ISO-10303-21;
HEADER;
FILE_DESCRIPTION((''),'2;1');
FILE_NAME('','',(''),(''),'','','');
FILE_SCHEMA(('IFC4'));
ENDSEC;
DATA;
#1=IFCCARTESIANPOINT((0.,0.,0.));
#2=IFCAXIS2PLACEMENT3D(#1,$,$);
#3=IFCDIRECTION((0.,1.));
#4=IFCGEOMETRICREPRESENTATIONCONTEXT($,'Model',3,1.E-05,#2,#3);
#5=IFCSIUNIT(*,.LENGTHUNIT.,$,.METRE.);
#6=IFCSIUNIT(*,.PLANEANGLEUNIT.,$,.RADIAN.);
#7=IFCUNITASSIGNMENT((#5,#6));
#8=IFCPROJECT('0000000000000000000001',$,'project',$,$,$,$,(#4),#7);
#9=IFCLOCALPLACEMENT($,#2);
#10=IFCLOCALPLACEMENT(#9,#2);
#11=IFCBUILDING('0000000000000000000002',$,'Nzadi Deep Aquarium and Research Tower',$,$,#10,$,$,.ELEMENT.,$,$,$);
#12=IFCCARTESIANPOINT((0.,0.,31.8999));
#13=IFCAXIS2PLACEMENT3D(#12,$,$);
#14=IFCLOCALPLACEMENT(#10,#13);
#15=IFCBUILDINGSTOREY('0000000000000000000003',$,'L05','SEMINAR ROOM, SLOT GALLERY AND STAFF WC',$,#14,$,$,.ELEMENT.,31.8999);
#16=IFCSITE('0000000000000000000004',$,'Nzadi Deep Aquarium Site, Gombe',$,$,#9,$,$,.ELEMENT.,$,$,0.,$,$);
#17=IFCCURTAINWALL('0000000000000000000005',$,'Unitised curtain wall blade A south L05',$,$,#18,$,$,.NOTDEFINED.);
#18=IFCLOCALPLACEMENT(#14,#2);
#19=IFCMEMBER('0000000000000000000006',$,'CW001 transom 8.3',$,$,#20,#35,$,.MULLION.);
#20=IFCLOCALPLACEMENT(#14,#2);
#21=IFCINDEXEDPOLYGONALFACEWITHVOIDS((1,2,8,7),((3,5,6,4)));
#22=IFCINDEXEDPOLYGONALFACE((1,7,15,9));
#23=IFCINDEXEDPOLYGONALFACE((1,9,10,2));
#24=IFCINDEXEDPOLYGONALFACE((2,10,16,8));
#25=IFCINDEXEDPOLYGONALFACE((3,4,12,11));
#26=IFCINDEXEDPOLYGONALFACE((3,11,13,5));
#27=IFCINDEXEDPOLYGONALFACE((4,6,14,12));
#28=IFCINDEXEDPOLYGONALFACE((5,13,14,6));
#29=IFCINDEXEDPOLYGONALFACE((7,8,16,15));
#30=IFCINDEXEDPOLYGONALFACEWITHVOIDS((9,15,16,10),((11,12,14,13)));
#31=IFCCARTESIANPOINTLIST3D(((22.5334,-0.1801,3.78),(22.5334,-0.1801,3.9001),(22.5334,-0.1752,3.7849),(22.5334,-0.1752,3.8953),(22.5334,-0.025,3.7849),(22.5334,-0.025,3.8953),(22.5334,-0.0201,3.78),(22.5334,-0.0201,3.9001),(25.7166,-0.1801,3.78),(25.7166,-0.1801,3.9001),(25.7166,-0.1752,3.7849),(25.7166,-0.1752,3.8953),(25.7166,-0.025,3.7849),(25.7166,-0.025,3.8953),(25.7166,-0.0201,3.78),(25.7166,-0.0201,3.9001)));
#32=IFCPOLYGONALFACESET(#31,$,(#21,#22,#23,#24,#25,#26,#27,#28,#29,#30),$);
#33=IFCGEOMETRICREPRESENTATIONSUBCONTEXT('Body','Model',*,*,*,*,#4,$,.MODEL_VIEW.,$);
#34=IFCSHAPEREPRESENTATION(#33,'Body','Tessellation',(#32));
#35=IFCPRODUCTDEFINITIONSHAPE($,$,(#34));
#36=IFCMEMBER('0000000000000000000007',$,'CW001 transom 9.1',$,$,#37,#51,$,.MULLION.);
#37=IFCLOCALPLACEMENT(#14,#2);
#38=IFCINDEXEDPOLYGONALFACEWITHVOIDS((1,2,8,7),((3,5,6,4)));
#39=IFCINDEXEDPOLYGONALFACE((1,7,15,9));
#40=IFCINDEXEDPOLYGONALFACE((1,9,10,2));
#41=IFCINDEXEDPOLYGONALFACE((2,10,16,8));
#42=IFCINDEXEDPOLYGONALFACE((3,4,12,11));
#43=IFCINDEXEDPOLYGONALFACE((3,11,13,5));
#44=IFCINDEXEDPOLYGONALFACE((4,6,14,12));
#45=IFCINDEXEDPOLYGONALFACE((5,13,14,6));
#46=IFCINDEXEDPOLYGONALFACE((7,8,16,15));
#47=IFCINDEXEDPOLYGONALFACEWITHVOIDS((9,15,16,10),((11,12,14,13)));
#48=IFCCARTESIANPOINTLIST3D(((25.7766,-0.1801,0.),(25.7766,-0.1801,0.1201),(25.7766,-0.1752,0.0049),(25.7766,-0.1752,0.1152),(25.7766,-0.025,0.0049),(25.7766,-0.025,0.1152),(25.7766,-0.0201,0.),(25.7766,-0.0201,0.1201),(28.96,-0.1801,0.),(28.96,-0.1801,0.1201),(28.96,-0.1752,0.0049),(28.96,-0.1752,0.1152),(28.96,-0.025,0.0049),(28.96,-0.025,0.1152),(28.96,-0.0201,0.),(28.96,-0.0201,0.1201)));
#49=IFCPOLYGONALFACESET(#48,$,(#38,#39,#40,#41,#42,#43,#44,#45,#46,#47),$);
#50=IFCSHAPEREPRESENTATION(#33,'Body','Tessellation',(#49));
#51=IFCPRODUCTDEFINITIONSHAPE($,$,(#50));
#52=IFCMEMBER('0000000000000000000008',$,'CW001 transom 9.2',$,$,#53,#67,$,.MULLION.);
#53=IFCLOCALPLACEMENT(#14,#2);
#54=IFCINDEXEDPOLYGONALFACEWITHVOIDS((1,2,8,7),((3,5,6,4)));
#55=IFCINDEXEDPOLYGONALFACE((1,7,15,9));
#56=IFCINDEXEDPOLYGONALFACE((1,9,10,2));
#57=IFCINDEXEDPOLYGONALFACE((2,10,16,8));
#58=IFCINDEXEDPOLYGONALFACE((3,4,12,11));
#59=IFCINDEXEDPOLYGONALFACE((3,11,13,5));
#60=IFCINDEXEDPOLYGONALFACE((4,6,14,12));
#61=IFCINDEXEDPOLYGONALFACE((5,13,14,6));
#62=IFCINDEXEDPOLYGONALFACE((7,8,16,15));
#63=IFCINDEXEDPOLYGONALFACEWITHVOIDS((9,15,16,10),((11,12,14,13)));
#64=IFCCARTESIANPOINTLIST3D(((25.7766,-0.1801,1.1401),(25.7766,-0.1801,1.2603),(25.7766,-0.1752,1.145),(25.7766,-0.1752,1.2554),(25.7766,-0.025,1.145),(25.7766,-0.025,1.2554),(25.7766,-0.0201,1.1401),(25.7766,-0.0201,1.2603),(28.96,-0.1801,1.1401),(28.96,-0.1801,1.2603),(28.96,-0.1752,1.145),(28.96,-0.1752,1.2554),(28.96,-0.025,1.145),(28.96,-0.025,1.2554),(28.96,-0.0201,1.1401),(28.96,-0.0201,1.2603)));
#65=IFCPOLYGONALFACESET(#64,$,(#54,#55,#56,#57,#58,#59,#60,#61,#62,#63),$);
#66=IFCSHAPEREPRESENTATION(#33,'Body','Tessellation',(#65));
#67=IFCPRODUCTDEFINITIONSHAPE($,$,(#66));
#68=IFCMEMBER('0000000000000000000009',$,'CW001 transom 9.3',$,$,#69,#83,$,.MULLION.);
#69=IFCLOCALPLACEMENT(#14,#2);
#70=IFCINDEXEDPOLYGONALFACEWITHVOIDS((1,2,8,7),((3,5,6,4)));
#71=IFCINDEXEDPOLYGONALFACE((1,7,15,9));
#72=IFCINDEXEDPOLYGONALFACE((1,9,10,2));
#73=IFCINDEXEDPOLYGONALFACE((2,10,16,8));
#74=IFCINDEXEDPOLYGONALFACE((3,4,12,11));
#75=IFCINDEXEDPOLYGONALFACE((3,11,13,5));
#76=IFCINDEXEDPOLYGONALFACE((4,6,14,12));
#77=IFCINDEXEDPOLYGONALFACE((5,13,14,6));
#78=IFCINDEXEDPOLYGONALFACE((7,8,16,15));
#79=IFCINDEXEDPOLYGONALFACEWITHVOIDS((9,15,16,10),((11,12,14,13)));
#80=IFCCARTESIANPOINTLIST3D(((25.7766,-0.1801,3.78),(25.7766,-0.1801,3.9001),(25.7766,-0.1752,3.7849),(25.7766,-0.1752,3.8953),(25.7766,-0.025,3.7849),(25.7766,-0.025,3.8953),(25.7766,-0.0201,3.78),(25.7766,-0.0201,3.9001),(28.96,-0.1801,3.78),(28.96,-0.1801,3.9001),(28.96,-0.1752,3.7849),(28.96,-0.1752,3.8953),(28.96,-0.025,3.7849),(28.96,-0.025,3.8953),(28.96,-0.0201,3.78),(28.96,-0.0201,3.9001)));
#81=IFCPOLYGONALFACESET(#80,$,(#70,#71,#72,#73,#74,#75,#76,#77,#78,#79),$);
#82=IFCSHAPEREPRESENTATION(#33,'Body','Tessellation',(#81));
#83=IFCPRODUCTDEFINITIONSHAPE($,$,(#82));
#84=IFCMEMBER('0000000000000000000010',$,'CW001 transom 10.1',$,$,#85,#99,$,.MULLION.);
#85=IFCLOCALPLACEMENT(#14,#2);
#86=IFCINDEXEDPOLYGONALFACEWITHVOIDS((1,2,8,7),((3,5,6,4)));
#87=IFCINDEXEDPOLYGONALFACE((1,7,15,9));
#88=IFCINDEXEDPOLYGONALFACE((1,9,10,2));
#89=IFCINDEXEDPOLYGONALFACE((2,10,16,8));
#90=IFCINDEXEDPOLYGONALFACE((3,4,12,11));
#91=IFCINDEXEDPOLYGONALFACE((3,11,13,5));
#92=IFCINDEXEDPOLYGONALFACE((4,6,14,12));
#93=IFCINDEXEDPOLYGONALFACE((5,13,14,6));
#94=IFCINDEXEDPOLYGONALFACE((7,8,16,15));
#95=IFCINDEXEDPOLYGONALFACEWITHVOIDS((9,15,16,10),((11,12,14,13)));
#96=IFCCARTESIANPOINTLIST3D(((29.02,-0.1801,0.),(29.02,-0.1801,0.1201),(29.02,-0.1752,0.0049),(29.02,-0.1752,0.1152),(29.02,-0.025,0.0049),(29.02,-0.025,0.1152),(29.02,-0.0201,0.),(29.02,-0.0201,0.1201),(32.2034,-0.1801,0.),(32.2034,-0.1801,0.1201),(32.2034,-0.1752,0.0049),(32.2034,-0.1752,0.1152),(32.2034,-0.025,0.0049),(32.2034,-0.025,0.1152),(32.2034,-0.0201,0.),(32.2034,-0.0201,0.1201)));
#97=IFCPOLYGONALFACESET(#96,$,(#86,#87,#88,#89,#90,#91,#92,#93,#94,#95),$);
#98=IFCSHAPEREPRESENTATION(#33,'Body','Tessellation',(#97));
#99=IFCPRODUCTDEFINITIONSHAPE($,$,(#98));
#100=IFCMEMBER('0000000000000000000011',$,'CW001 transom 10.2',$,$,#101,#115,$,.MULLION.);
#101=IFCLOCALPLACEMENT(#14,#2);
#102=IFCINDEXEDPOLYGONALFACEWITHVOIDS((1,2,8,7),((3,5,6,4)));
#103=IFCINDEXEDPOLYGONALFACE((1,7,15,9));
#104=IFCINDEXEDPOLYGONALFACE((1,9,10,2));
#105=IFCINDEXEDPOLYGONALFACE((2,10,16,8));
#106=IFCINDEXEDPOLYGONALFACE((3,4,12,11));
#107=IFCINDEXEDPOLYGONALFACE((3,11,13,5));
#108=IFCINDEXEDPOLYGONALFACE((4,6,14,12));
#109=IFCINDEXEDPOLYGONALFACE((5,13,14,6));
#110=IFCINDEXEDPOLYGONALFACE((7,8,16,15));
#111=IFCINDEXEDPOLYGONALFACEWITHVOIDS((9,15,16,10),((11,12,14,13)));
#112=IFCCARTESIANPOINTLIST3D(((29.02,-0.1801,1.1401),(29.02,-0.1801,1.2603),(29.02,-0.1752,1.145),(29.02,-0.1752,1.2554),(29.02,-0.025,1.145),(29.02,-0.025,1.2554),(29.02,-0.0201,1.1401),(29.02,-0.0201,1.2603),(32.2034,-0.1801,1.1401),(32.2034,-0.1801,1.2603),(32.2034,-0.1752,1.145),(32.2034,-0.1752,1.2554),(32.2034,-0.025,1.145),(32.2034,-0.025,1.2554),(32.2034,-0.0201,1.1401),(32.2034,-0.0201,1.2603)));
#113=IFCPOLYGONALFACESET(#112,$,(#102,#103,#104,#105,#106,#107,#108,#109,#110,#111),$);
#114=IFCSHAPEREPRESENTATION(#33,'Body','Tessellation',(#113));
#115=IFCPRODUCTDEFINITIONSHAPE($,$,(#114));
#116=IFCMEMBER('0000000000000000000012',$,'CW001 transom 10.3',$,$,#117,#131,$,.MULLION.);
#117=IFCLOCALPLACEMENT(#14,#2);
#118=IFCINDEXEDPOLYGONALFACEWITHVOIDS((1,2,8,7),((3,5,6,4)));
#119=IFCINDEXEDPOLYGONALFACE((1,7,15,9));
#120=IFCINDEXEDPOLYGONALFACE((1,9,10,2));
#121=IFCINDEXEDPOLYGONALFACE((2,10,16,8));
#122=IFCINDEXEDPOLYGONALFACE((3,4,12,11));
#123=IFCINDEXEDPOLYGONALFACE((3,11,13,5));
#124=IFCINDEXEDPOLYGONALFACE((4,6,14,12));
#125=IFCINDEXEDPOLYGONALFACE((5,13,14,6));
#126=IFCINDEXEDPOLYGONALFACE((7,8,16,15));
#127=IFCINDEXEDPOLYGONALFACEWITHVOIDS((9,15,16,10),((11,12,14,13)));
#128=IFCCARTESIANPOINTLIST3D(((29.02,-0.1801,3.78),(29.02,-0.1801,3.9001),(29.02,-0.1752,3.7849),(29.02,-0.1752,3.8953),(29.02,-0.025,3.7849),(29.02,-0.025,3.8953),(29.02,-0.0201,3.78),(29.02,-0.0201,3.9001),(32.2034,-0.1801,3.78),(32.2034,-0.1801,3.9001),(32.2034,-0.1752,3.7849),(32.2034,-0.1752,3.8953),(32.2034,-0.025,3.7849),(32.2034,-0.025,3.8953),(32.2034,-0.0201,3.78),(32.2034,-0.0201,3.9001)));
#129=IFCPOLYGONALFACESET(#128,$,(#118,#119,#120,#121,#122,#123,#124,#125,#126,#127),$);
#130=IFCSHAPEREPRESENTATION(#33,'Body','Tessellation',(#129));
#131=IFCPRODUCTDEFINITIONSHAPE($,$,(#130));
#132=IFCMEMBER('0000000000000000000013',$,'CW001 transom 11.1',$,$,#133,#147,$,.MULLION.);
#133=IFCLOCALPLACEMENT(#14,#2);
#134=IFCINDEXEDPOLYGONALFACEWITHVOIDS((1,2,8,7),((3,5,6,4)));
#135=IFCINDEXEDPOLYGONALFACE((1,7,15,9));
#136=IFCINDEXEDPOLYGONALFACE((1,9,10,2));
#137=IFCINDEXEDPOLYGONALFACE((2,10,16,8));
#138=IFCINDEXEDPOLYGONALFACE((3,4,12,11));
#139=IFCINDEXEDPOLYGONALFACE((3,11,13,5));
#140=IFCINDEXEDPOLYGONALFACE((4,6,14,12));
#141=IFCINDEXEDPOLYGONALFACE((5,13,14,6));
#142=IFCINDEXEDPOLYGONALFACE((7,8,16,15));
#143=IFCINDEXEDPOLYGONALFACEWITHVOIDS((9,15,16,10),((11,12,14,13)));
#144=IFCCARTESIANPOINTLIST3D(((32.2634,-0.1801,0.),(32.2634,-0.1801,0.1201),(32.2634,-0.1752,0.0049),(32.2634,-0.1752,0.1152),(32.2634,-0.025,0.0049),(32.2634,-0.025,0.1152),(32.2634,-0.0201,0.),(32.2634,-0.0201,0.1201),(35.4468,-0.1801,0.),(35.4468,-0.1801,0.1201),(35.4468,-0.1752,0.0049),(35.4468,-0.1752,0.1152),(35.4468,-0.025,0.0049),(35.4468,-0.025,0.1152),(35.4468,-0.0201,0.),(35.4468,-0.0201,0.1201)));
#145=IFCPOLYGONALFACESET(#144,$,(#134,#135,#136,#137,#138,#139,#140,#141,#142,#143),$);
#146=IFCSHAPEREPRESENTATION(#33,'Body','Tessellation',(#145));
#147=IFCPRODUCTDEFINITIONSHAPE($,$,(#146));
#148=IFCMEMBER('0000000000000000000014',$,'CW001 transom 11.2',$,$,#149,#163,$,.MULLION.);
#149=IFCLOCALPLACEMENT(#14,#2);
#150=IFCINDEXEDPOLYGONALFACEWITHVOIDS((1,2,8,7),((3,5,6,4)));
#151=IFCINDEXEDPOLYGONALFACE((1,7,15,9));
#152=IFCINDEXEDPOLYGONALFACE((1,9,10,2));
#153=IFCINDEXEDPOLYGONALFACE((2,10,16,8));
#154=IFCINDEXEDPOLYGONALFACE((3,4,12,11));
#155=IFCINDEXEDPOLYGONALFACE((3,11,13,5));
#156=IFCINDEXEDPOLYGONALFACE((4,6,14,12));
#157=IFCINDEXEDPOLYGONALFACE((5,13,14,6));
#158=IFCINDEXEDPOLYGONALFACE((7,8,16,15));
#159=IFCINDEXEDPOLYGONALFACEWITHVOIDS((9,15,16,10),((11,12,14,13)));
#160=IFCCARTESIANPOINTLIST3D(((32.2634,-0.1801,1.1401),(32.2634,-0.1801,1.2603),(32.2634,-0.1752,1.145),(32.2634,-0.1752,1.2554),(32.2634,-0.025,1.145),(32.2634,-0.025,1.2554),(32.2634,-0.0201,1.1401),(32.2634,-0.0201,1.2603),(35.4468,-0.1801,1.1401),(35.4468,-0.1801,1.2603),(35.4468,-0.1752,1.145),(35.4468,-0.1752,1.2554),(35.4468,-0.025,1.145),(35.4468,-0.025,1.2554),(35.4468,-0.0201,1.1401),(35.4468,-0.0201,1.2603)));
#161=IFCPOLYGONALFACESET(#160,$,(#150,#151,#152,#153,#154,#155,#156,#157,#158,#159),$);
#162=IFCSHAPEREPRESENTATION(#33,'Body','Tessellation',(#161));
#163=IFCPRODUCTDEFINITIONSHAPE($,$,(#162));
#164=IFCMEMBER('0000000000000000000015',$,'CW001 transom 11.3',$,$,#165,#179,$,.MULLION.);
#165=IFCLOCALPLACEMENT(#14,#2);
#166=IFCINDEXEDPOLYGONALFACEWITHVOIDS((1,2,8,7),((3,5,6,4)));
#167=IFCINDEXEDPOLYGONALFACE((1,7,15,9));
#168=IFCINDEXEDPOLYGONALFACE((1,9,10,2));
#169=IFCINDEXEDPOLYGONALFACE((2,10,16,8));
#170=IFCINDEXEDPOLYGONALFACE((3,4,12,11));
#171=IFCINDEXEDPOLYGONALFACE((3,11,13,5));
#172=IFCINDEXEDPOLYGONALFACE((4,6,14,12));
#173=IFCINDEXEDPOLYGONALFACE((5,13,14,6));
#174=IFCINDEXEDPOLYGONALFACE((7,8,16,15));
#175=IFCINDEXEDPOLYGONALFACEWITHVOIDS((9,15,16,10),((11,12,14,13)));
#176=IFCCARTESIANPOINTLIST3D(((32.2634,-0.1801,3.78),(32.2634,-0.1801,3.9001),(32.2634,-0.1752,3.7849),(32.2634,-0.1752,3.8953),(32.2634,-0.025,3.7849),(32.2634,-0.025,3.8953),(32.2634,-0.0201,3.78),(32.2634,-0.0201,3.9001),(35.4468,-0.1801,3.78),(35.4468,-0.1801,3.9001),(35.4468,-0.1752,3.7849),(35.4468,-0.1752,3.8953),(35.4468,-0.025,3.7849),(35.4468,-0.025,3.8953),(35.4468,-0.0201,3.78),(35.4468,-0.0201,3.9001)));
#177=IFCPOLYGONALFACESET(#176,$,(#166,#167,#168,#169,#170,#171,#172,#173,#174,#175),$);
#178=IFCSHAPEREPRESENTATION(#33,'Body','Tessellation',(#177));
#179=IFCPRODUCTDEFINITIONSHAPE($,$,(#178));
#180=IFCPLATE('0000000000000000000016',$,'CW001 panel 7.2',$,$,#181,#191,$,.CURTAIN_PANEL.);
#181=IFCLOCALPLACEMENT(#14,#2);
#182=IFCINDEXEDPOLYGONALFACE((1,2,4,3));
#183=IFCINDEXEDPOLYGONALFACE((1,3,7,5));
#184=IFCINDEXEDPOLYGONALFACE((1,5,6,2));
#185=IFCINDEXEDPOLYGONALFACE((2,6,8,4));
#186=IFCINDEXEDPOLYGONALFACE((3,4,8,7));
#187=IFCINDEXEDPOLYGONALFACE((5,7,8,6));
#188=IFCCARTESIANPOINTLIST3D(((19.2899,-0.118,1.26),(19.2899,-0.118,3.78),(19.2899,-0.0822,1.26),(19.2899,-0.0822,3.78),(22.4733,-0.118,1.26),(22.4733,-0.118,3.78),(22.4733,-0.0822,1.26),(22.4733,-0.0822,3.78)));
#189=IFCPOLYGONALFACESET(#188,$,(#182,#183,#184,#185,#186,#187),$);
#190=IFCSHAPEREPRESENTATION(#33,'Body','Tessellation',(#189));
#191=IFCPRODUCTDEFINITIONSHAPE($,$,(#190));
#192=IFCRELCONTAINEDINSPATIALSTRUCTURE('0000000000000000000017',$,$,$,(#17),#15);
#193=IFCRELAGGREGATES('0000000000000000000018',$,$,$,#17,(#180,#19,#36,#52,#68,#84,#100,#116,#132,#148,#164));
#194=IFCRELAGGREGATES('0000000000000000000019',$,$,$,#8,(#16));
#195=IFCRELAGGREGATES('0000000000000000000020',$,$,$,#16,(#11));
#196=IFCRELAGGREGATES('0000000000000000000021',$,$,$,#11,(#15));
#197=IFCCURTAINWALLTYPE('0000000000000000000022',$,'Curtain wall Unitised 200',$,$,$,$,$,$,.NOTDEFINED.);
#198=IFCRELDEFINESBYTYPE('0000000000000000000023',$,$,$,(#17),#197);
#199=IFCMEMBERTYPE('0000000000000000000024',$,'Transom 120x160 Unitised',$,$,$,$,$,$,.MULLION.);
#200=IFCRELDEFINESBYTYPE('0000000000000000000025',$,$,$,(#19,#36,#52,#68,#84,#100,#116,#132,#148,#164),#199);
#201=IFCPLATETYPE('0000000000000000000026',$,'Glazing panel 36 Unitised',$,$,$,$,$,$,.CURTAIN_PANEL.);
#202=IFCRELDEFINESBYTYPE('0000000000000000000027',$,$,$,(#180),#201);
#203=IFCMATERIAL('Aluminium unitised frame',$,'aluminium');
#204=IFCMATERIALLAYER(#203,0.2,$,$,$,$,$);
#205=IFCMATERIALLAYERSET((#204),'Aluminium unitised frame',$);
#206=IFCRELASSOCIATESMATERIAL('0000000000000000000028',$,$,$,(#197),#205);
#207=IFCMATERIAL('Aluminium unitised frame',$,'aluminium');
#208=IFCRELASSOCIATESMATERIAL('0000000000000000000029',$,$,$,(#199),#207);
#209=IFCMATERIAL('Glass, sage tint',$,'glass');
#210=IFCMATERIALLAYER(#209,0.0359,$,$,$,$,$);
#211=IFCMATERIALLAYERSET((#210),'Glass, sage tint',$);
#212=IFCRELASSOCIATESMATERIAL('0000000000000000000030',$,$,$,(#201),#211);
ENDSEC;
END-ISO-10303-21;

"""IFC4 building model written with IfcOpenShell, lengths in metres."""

from ifc_helpers import new_model, si_unit, direction, frame, origin, origin_2d, place, context, subcontext, project, spatial, rectangle, hollow_rectangle, extrude, material, layer, layer_set, material_profile, profile_set, type_object, element, aggregate, save


model = new_model("IFC4")

# Units and contexts
model_context = context("Model", 3, precision=1e-05, world=origin(), true_north=direction((0.0, 1.0)))
body_context = subcontext(model_context, "Body", "Model", "MODEL_VIEW")
ifc_project = project(units=[si_unit("LENGTHUNIT", "METRE"), si_unit("PLANEANGLEUNIT", "RADIAN")], contexts=[model_context])

# Site, building, storey
site_placement = place(None, origin())
site = spatial("IfcSite", under=ifc_project, at=site_placement, Name="Nzadi Deep Aquarium Site, Gombe", CompositionType="ELEMENT", RefElevation=0.0)
building_placement = place(site_placement, origin())
building = spatial("IfcBuilding", under=site, at=building_placement, Name="Nzadi Deep Aquarium and Research Tower", CompositionType="ELEMENT")
storey_placement = place(building_placement, frame((0.0, 0.0, 31.8999)))
storey = spatial("IfcBuildingStorey", under=building, at=storey_placement, Name="L05", Description="SEMINAR ROOM, SLOT GALLERY AND STAFF WC", CompositionType="ELEMENT", Elevation=31.8999)

# Curtain wall
ifc_material_1 = material(Name="Aluminium unitised frame", Category="aluminium")
ifc_layer_1 = layer(ifc_material_1, 0.2)
ifc_layer_set_1 = layer_set([ifc_layer_1], Name="Aluminium unitised frame")
curtain_wall_type = type_object("IfcCurtainWallType", Name="Curtain wall Unitised 200", PredefinedType="NOTDEFINED", material=ifc_layer_set_1)
curtain_wall_placement = place(storey_placement, origin())
curtain_wall = element("IfcCurtainWall", 1, at=curtain_wall_placement, inside=storey, type_object=curtain_wall_type, Name="Unitised curtain wall blade A south L05", PredefinedType="NOTDEFINED")

# Members
ifc_material_2 = material(Name="Aluminium unitised frame", Category="aluminium")
ifc_material_profile_1 = material_profile(ifc_material_2, hollow_rectangle(XDim=0.1599, YDim=0.1201, WallThickness=0.0049, at=origin_2d()))
ifc_profile_set_1 = profile_set([ifc_material_profile_1], Name="Aluminium unitised frame")
member_type_1 = type_object("IfcMemberType", Name="Transom 120x160 Unitised", PredefinedType="MULLION", material=ifc_profile_set_1)
member_1_placement = place(storey_placement, frame((22.5334, -0.1001, 3.8401), z_axis=(1.0, 0.0, 0.0), x_axis=(0.0, 1.0, 0.0)))
member_1 = element("IfcMember", 2, at=member_1_placement, type_object=member_type_1, Name="CW001 transom 8.3", PredefinedType="MULLION", context=body_context, shape_type="SweptSolid", body=[
    extrude(hollow_rectangle(XDim=0.1599, YDim=0.1201, WallThickness=0.0049, at=origin_2d()), origin(), (0.0, 0.0, 1.0), 3.1831),
])
member_2_placement = place(storey_placement, frame((25.7766, -0.1001, 0.0601), z_axis=(1.0, 0.0, 0.0), x_axis=(0.0, 1.0, 0.0)))
member_2 = element("IfcMember", 3, at=member_2_placement, type_object=member_type_1, Name="CW001 transom 9.1", PredefinedType="MULLION", context=body_context, shape_type="SweptSolid", body=[
    extrude(hollow_rectangle(XDim=0.1599, YDim=0.1201, WallThickness=0.0049, at=origin_2d()), origin(), (0.0, 0.0, 1.0), 3.1833),
])
member_3_placement = place(storey_placement, frame((25.7766, -0.1001, 1.2002), z_axis=(1.0, 0.0, 0.0), x_axis=(0.0, 1.0, 0.0)))
member_3 = element("IfcMember", 4, at=member_3_placement, type_object=member_type_1, Name="CW001 transom 9.2", PredefinedType="MULLION", context=body_context, shape_type="SweptSolid", body=[
    extrude(hollow_rectangle(XDim=0.1599, YDim=0.1201, WallThickness=0.0049, at=origin_2d()), origin(), (0.0, 0.0, 1.0), 3.1833),
])
member_4_placement = place(storey_placement, frame((25.7766, -0.1001, 3.8401), z_axis=(1.0, 0.0, 0.0), x_axis=(0.0, 1.0, 0.0)))
member_4 = element("IfcMember", 5, at=member_4_placement, type_object=member_type_1, Name="CW001 transom 9.3", PredefinedType="MULLION", context=body_context, shape_type="SweptSolid", body=[
    extrude(hollow_rectangle(XDim=0.1599, YDim=0.1201, WallThickness=0.0049, at=origin_2d()), origin(), (0.0, 0.0, 1.0), 3.1833),
])
member_5_placement = place(storey_placement, frame((29.02, -0.1001, 0.0601), z_axis=(1.0, 0.0, 0.0), x_axis=(0.0, 1.0, 0.0)))
member_5 = element("IfcMember", 6, at=member_5_placement, type_object=member_type_1, Name="CW001 transom 10.1", PredefinedType="MULLION", context=body_context, shape_type="SweptSolid", body=[
    extrude(hollow_rectangle(XDim=0.1599, YDim=0.1201, WallThickness=0.0049, at=origin_2d()), origin(), (0.0, 0.0, 1.0), 3.1833),
])
member_6_placement = place(storey_placement, frame((29.02, -0.1001, 1.2002), z_axis=(1.0, 0.0, 0.0), x_axis=(0.0, 1.0, 0.0)))
member_6 = element("IfcMember", 7, at=member_6_placement, type_object=member_type_1, Name="CW001 transom 10.2", PredefinedType="MULLION", context=body_context, shape_type="SweptSolid", body=[
    extrude(hollow_rectangle(XDim=0.1599, YDim=0.1201, WallThickness=0.0049, at=origin_2d()), origin(), (0.0, 0.0, 1.0), 3.1833),
])
member_7_placement = place(storey_placement, frame((29.02, -0.1001, 3.8401), z_axis=(1.0, 0.0, 0.0), x_axis=(0.0, 1.0, 0.0)))
member_7 = element("IfcMember", 8, at=member_7_placement, type_object=member_type_1, Name="CW001 transom 10.3", PredefinedType="MULLION", context=body_context, shape_type="SweptSolid", body=[
    extrude(hollow_rectangle(XDim=0.1599, YDim=0.1201, WallThickness=0.0049, at=origin_2d()), origin(), (0.0, 0.0, 1.0), 3.1833),
])
member_8_placement = place(storey_placement, frame((32.2634, -0.1001, 0.0601), z_axis=(1.0, 0.0, 0.0), x_axis=(0.0, 1.0, 0.0)))
member_8 = element("IfcMember", 9, at=member_8_placement, type_object=member_type_1, Name="CW001 transom 11.1", PredefinedType="MULLION", context=body_context, shape_type="SweptSolid", body=[
    extrude(hollow_rectangle(XDim=0.1599, YDim=0.1201, WallThickness=0.0049, at=origin_2d()), origin(), (0.0, 0.0, 1.0), 3.1833),
])
member_9_placement = place(storey_placement, frame((32.2634, -0.1001, 1.2002), z_axis=(1.0, 0.0, 0.0), x_axis=(0.0, 1.0, 0.0)))
member_9 = element("IfcMember", 10, at=member_9_placement, type_object=member_type_1, Name="CW001 transom 11.2", PredefinedType="MULLION", context=body_context, shape_type="SweptSolid", body=[
    extrude(hollow_rectangle(XDim=0.1599, YDim=0.1201, WallThickness=0.0049, at=origin_2d()), origin(), (0.0, 0.0, 1.0), 3.1833),
])
member_10_placement = place(storey_placement, frame((32.2634, -0.1001, 3.8401), z_axis=(1.0, 0.0, 0.0), x_axis=(0.0, 1.0, 0.0)))
member_10 = element("IfcMember", 11, at=member_10_placement, type_object=member_type_1, Name="CW001 transom 11.3", PredefinedType="MULLION", context=body_context, shape_type="SweptSolid", body=[
    extrude(hollow_rectangle(XDim=0.1599, YDim=0.1201, WallThickness=0.0049, at=origin_2d()), origin(), (0.0, 0.0, 1.0), 3.1833),
])

# Plate
ifc_material_3 = material(Name="Glass, sage tint", Category="glass")
ifc_layer_2 = layer(ifc_material_3, 0.0359)
ifc_layer_set_2 = layer_set([ifc_layer_2], Name="Glass, sage tint")
plate_type_1 = type_object("IfcPlateType", Name="Glazing panel 36 Unitised", PredefinedType="CURTAIN_PANEL", material=ifc_layer_set_2)
plate_1_placement = place(storey_placement, frame((20.8816, -0.1001, 1.26), z_axis=(0.0, 0.0, 1.0), x_axis=(1.0, 0.0, 0.0)))
plate_1 = element("IfcPlate", 12, at=plate_1_placement, type_object=plate_type_1, Name="CW001 panel 7.2", PredefinedType="CURTAIN_PANEL", context=body_context, shape_type="SweptSolid", body=[
    extrude(rectangle(XDim=3.1833, YDim=0.0359, at=origin_2d()), origin(), (0.0, 0.0, 1.0), 2.52),
])
aggregate(curtain_wall, [plate_1, member_1, member_2, member_3, member_4, member_5, member_6, member_7, member_8, member_9, member_10])

save(model, "model.ifc")
